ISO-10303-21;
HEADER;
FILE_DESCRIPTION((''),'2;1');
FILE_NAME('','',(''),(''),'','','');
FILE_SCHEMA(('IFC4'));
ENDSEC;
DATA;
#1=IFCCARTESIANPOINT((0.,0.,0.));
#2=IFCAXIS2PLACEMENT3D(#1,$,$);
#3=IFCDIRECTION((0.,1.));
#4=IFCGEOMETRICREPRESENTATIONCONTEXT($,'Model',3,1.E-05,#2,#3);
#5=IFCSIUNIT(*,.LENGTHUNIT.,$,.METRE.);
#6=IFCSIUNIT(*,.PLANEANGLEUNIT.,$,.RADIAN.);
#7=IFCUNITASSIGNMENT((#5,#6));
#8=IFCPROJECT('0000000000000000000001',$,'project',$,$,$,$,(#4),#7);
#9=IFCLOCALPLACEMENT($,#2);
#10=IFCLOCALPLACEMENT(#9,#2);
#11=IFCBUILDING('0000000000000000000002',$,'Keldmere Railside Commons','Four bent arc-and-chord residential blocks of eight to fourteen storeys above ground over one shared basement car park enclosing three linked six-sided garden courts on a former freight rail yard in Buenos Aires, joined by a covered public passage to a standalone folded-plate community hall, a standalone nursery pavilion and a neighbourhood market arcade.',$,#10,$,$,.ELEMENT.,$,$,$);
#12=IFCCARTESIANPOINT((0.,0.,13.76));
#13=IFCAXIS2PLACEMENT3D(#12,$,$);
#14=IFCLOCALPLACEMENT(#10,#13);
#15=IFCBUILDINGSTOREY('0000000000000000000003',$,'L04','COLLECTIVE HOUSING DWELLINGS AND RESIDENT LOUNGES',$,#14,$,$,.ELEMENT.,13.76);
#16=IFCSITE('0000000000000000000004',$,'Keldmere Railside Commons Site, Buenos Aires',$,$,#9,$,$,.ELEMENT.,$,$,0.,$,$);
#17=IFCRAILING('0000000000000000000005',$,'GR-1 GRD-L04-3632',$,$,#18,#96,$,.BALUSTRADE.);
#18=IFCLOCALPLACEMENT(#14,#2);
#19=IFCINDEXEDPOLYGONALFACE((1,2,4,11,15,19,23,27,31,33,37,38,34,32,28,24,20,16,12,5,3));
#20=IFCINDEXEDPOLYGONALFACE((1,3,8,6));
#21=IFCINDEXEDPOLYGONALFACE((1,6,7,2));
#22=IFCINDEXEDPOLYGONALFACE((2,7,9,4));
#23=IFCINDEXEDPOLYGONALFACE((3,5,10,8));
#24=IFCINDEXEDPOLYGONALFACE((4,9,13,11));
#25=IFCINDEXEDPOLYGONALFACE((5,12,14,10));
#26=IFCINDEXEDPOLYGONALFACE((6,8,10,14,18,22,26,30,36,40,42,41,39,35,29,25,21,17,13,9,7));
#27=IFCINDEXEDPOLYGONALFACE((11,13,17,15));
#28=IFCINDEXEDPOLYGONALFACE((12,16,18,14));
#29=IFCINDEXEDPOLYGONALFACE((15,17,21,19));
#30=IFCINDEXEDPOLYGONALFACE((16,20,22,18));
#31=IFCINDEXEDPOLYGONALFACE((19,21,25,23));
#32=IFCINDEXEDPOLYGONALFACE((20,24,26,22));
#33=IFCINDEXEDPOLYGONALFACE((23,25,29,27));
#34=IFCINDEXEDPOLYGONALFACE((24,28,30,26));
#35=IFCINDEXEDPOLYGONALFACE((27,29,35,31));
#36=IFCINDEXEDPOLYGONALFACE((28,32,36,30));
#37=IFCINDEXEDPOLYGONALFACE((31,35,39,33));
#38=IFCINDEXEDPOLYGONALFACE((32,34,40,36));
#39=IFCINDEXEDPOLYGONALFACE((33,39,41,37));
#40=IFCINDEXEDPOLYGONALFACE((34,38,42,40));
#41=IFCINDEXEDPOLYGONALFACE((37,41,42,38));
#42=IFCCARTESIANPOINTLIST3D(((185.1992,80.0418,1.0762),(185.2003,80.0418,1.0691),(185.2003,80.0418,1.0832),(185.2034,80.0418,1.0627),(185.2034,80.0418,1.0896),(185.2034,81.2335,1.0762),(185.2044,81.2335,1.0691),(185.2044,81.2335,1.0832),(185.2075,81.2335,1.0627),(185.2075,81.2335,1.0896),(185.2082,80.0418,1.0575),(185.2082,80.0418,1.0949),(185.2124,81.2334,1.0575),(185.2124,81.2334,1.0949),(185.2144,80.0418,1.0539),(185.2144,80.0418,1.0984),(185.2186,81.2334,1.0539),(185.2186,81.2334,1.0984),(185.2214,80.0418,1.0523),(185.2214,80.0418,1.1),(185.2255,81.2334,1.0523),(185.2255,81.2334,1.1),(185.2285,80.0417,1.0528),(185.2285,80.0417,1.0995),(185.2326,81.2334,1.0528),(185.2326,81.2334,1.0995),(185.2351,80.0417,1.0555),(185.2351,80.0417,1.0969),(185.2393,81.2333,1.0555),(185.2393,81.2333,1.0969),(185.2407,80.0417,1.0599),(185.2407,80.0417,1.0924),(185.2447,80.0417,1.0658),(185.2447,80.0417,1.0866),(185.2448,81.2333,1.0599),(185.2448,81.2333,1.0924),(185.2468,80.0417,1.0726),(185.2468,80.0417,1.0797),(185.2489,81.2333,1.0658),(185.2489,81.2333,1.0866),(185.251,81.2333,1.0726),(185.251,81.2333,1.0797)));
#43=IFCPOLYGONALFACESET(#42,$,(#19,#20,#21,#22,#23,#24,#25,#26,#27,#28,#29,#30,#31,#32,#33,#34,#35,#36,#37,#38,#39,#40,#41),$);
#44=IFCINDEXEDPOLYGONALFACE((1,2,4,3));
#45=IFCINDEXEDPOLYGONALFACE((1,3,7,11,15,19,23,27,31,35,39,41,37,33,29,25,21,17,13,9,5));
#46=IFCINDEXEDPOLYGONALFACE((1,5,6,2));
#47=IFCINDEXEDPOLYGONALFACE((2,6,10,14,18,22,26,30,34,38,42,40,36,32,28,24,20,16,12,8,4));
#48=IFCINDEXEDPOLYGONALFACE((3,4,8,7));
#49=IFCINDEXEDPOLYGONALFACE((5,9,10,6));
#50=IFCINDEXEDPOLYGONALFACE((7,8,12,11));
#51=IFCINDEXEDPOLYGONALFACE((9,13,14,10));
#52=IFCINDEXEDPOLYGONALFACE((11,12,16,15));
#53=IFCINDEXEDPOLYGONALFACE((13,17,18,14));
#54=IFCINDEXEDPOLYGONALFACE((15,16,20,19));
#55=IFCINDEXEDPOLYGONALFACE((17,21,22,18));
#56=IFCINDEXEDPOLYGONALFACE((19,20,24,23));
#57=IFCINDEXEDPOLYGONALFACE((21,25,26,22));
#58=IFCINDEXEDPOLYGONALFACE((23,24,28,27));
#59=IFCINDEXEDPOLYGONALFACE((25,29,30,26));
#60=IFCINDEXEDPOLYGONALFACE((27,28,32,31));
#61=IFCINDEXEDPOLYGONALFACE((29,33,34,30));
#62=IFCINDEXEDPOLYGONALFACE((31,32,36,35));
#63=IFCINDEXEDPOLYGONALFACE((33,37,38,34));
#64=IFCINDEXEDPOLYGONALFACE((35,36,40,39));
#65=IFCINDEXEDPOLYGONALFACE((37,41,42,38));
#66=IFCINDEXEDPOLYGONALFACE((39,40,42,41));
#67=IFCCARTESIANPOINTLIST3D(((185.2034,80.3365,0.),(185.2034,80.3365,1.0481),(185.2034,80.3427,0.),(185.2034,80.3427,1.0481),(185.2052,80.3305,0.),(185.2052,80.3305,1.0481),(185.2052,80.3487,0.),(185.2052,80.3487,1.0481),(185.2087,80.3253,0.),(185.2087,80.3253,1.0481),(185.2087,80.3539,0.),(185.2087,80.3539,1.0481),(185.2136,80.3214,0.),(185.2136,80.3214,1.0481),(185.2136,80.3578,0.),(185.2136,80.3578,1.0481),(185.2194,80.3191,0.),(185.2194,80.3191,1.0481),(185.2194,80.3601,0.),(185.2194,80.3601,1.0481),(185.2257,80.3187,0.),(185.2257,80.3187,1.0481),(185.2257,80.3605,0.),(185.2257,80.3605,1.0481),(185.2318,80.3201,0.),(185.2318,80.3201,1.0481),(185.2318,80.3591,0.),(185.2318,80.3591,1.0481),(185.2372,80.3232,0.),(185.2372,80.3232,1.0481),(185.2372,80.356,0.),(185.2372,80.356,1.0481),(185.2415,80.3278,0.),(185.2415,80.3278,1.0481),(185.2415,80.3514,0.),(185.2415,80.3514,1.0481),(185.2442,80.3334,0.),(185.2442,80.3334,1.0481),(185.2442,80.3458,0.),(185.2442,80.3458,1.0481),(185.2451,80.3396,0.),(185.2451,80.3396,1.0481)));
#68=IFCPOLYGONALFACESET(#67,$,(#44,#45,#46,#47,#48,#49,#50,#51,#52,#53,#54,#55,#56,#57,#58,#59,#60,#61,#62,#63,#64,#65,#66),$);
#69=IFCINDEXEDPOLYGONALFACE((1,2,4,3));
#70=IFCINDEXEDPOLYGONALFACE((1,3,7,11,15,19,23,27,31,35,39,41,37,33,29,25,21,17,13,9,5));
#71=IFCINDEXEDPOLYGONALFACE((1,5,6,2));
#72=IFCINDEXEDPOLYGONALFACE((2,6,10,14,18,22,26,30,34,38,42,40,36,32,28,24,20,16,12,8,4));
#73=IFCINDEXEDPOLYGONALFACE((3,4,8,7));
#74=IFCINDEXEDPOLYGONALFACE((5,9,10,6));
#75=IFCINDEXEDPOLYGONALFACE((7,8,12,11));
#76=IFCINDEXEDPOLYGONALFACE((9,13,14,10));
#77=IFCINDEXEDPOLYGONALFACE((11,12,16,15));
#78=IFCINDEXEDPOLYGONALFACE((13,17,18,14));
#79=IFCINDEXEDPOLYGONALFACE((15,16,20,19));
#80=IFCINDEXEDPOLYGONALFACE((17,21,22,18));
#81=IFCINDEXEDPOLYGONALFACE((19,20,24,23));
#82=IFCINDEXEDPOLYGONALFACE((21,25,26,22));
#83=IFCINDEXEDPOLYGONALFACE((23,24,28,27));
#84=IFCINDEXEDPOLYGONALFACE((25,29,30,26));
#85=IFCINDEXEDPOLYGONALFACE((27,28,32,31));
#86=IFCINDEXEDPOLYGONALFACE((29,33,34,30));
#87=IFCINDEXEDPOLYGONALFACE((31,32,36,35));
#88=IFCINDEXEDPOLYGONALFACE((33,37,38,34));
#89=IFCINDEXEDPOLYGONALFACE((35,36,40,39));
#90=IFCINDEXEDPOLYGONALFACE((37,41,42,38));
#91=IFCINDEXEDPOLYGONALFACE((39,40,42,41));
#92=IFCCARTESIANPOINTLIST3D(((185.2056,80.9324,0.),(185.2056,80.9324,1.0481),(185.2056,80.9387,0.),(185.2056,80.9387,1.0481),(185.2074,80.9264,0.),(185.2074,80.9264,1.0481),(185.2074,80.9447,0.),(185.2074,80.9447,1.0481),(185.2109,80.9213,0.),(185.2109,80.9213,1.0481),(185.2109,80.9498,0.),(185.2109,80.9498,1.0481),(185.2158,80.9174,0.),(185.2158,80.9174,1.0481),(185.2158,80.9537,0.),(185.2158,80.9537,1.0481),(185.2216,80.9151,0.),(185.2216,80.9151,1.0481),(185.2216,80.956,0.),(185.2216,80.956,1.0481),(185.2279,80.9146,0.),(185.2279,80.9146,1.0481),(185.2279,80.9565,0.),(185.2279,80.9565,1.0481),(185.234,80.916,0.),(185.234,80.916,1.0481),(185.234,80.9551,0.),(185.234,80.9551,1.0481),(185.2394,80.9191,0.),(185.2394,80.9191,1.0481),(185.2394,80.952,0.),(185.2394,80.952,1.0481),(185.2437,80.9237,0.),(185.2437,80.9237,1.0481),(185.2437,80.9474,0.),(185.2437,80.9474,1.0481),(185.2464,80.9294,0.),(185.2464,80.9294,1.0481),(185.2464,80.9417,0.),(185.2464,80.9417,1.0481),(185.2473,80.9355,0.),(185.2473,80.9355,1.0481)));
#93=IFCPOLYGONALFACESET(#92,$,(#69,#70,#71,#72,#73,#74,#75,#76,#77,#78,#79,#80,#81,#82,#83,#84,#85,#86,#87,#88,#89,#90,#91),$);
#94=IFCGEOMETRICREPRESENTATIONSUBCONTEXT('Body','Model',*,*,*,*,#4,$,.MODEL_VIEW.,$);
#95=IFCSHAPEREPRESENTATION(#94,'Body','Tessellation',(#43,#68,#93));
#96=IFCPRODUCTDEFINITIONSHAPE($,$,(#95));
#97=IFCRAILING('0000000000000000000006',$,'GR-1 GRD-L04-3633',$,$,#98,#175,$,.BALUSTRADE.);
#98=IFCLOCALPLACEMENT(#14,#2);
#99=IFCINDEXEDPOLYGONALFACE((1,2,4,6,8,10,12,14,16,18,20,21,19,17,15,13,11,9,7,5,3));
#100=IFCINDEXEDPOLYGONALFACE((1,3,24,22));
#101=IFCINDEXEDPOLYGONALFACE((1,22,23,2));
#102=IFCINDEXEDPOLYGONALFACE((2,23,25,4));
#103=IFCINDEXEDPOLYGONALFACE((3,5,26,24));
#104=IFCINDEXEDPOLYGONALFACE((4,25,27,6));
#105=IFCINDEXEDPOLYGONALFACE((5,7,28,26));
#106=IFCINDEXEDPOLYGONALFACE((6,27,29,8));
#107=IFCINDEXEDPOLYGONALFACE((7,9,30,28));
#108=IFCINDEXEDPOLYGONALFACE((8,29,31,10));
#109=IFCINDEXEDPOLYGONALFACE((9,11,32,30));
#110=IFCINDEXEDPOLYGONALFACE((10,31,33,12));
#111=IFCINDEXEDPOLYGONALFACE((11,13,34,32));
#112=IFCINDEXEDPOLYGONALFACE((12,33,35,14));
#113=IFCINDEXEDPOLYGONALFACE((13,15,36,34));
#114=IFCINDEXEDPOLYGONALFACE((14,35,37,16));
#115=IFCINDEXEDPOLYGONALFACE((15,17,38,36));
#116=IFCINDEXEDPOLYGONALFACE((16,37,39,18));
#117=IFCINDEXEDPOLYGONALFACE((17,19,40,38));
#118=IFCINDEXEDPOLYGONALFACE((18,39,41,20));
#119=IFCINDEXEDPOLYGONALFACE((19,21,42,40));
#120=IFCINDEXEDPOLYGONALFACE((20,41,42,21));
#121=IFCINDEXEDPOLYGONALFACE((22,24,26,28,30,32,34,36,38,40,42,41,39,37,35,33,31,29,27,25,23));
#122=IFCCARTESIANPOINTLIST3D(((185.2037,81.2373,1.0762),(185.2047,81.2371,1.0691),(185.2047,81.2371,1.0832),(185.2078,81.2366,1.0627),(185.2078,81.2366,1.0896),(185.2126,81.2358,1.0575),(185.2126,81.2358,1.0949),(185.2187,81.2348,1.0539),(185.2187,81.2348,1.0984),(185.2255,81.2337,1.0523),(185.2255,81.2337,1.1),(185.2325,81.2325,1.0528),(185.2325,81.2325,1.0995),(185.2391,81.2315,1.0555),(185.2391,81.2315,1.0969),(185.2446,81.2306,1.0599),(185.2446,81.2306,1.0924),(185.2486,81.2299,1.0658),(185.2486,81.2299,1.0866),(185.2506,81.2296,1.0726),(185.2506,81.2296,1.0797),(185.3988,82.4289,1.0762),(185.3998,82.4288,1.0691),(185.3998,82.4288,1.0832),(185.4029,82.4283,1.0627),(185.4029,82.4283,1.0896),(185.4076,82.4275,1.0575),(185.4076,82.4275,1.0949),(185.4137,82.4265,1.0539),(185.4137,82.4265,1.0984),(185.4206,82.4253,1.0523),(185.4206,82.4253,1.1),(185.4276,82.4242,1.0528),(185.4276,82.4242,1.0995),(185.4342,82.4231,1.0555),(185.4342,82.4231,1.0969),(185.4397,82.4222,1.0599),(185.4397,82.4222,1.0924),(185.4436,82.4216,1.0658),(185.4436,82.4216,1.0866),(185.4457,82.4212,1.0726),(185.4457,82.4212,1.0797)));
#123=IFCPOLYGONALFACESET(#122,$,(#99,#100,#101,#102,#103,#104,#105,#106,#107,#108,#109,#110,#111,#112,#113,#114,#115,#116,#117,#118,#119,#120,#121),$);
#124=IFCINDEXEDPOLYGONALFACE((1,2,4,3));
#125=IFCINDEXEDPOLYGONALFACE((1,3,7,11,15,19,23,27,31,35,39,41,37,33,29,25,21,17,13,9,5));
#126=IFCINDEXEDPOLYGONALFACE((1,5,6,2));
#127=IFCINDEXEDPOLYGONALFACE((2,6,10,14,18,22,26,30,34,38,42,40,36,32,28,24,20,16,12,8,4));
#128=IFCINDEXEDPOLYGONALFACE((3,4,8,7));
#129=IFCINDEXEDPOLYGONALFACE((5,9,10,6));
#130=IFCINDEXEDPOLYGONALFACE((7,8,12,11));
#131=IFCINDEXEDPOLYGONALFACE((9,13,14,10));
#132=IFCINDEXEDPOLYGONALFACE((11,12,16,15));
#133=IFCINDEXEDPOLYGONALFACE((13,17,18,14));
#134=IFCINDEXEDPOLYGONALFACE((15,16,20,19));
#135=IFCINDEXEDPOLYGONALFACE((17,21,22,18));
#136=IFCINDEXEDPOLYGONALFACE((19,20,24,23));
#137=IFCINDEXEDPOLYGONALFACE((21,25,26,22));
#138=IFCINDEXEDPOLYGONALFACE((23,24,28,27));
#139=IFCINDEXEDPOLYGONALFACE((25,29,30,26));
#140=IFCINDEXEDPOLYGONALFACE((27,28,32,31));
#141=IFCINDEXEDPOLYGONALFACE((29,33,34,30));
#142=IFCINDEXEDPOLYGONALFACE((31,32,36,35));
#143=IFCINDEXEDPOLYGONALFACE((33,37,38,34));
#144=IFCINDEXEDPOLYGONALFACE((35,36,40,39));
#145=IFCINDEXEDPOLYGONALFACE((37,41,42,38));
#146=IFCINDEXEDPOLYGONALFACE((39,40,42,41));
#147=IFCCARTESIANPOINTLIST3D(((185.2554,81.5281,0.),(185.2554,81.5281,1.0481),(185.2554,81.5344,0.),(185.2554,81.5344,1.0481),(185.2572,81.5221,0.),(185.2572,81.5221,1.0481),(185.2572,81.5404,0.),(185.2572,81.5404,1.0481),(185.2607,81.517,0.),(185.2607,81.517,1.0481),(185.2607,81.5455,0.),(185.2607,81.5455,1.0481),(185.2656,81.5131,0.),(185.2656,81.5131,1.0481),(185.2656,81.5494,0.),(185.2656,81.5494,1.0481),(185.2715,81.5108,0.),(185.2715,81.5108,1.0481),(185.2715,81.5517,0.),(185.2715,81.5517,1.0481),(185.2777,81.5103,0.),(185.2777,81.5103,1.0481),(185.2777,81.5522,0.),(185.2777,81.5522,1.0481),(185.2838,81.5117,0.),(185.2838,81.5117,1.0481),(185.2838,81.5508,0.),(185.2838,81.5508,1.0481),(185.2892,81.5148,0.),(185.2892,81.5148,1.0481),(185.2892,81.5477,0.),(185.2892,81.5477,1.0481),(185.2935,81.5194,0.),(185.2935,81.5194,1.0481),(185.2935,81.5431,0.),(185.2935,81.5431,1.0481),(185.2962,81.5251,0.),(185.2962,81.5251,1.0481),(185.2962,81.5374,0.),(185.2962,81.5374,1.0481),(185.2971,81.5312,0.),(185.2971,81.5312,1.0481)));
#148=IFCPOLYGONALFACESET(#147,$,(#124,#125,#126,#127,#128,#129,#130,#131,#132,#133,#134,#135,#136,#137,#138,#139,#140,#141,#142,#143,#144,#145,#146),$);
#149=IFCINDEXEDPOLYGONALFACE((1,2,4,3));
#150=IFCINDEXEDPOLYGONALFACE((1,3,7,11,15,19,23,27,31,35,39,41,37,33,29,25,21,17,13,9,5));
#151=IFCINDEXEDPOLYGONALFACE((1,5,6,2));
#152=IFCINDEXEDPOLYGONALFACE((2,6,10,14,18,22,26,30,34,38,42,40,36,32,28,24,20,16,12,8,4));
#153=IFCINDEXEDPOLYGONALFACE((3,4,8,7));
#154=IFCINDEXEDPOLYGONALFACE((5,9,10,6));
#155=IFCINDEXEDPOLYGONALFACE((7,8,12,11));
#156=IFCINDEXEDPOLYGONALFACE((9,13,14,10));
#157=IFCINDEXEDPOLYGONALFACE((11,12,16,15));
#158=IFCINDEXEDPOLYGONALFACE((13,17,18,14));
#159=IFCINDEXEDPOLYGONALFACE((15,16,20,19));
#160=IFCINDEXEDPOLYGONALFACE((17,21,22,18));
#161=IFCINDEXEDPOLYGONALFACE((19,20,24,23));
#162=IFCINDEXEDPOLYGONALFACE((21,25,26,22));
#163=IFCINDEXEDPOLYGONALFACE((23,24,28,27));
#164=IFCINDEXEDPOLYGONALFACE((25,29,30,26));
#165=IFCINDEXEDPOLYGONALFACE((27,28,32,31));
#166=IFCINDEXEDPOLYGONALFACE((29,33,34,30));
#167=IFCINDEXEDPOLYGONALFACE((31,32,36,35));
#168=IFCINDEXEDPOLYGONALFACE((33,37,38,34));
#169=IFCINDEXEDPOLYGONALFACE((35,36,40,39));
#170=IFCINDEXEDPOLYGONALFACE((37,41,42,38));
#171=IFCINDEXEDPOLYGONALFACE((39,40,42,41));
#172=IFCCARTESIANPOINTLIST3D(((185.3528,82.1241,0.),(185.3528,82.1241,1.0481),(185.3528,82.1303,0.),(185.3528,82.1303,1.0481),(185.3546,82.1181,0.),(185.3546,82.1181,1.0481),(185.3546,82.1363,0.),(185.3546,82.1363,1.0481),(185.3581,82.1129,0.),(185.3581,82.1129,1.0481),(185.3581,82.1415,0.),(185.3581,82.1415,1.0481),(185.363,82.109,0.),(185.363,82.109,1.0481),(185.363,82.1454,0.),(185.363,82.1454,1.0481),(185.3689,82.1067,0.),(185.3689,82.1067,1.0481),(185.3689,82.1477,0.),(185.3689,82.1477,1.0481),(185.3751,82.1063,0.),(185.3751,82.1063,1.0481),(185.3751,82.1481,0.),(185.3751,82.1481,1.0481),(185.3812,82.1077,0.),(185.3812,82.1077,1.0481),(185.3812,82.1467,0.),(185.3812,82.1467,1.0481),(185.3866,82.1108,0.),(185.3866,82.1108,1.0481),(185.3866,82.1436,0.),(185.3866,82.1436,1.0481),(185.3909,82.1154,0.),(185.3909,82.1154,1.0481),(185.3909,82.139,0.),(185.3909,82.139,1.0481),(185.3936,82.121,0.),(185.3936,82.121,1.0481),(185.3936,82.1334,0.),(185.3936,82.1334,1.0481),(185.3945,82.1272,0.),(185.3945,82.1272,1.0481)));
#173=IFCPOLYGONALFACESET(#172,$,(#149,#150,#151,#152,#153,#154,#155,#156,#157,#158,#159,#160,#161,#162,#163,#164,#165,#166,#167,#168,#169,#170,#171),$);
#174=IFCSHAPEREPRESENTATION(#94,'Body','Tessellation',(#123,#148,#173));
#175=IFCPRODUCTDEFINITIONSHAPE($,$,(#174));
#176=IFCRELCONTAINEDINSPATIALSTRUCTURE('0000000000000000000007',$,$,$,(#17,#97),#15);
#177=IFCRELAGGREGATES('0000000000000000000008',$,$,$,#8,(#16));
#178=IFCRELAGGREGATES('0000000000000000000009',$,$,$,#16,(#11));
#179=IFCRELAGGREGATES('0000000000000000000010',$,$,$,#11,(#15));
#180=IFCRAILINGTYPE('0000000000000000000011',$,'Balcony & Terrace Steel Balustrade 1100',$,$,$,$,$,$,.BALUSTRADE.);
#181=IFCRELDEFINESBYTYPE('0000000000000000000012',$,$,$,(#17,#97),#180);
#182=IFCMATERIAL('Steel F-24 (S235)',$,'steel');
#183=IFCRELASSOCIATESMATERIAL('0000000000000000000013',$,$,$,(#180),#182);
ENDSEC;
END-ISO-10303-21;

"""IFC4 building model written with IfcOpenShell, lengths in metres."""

from ifc_helpers import new_model, si_unit, direction, frame, origin, origin_2d, place, context, subcontext, project, spatial, circle, extrude, material, type_object, element, save


model = new_model("IFC4")

# Units and contexts
model_context = context("Model", 3, precision=1e-05, world=origin(), true_north=direction((0.0, 1.0)))
body_context = subcontext(model_context, "Body", "Model", "MODEL_VIEW")
ifc_project = project(units=[si_unit("LENGTHUNIT", "METRE"), si_unit("PLANEANGLEUNIT", "RADIAN")], contexts=[model_context])

# Site, building, storey
site_placement = place(None, origin())
site = spatial("IfcSite", under=ifc_project, at=site_placement, Name="Keldmere Railside Commons Site, Buenos Aires", CompositionType="ELEMENT", RefElevation=0.0)
building_placement = place(site_placement, origin())
building = spatial("IfcBuilding", under=site, at=building_placement, Name="Keldmere Railside Commons", Description="Four bent arc-and-chord residential blocks of eight to fourteen storeys above ground over one shared basement car park enclosing three linked six-sided garden courts on a former freight rail yard in Buenos Aires, joined by a covered public passage to a standalone folded-plate community hall, a standalone nursery pavilion and a neighbourhood market arcade.", CompositionType="ELEMENT")
storey_placement = place(building_placement, frame((0.0, 0.0, 13.76)))
storey = spatial("IfcBuildingStorey", under=building, at=storey_placement, Name="L04", Description="COLLECTIVE HOUSING DWELLINGS AND RESIDENT LOUNGES", CompositionType="ELEMENT", Elevation=13.76)

# Railings
ifc_material_1 = material(Name="Steel F-24 (S235)", Category="steel")
railing_type = type_object("IfcRailingType", Name="Balcony & Terrace Steel Balustrade 1100", PredefinedType="BALUSTRADE", material=ifc_material_1)
railing_1_placement = place(storey_placement, frame((185.2231, 80.0417, 0.0)))
element("IfcRailing", 1, at=railing_1_placement, inside=storey, type_object=railing_type, Name="GR-1 GRD-L04-3632", PredefinedType="BALUSTRADE", context=body_context, shape_type="SweptSolid", body=[
    extrude(circle(Radius=0.0239, at=origin_2d()), frame((0.0, 0.0, 1.0762), z_axis=(0.003483, 0.999994, 0.0), x_axis=(-0.999994, 0.003483, 0.0)), (0.0, 0.0, 1.0), 1.1917),
    extrude(circle(Radius=0.021, at=origin_2d()), frame((0.001, 0.2979, 0.0)), (0.0, 0.0, 1.0), 1.0481),
    extrude(circle(Radius=0.021, at=origin_2d()), frame((0.0032, 0.8938, 0.0)), (0.0, 0.0, 1.0), 1.0481),
])
railing_2_placement = place(storey_placement, frame((185.2273, 81.2334, 0.0)))
element("IfcRailing", 2, at=railing_2_placement, inside=storey, type_object=railing_type, Name="GR-1 GRD-L04-3633", PredefinedType="BALUSTRADE", context=body_context, shape_type="SweptSolid", body=[
    extrude(circle(Radius=0.0239, at=origin_2d()), frame((0.0, 0.0, 1.0762), z_axis=(0.161546, 0.986865, 0.0), x_axis=(-0.986865, 0.161546, 0.0)), (0.0, 0.0, 1.0), 1.2075),
    extrude(circle(Radius=0.021, at=origin_2d()), frame((0.0488, 0.2979, 0.0)), (0.0, 0.0, 1.0), 1.0481),
    extrude(circle(Radius=0.021, at=origin_2d()), frame((0.1462, 0.8938, 0.0)), (0.0, 0.0, 1.0), 1.0481),
])

save(model, "model.ifc")
